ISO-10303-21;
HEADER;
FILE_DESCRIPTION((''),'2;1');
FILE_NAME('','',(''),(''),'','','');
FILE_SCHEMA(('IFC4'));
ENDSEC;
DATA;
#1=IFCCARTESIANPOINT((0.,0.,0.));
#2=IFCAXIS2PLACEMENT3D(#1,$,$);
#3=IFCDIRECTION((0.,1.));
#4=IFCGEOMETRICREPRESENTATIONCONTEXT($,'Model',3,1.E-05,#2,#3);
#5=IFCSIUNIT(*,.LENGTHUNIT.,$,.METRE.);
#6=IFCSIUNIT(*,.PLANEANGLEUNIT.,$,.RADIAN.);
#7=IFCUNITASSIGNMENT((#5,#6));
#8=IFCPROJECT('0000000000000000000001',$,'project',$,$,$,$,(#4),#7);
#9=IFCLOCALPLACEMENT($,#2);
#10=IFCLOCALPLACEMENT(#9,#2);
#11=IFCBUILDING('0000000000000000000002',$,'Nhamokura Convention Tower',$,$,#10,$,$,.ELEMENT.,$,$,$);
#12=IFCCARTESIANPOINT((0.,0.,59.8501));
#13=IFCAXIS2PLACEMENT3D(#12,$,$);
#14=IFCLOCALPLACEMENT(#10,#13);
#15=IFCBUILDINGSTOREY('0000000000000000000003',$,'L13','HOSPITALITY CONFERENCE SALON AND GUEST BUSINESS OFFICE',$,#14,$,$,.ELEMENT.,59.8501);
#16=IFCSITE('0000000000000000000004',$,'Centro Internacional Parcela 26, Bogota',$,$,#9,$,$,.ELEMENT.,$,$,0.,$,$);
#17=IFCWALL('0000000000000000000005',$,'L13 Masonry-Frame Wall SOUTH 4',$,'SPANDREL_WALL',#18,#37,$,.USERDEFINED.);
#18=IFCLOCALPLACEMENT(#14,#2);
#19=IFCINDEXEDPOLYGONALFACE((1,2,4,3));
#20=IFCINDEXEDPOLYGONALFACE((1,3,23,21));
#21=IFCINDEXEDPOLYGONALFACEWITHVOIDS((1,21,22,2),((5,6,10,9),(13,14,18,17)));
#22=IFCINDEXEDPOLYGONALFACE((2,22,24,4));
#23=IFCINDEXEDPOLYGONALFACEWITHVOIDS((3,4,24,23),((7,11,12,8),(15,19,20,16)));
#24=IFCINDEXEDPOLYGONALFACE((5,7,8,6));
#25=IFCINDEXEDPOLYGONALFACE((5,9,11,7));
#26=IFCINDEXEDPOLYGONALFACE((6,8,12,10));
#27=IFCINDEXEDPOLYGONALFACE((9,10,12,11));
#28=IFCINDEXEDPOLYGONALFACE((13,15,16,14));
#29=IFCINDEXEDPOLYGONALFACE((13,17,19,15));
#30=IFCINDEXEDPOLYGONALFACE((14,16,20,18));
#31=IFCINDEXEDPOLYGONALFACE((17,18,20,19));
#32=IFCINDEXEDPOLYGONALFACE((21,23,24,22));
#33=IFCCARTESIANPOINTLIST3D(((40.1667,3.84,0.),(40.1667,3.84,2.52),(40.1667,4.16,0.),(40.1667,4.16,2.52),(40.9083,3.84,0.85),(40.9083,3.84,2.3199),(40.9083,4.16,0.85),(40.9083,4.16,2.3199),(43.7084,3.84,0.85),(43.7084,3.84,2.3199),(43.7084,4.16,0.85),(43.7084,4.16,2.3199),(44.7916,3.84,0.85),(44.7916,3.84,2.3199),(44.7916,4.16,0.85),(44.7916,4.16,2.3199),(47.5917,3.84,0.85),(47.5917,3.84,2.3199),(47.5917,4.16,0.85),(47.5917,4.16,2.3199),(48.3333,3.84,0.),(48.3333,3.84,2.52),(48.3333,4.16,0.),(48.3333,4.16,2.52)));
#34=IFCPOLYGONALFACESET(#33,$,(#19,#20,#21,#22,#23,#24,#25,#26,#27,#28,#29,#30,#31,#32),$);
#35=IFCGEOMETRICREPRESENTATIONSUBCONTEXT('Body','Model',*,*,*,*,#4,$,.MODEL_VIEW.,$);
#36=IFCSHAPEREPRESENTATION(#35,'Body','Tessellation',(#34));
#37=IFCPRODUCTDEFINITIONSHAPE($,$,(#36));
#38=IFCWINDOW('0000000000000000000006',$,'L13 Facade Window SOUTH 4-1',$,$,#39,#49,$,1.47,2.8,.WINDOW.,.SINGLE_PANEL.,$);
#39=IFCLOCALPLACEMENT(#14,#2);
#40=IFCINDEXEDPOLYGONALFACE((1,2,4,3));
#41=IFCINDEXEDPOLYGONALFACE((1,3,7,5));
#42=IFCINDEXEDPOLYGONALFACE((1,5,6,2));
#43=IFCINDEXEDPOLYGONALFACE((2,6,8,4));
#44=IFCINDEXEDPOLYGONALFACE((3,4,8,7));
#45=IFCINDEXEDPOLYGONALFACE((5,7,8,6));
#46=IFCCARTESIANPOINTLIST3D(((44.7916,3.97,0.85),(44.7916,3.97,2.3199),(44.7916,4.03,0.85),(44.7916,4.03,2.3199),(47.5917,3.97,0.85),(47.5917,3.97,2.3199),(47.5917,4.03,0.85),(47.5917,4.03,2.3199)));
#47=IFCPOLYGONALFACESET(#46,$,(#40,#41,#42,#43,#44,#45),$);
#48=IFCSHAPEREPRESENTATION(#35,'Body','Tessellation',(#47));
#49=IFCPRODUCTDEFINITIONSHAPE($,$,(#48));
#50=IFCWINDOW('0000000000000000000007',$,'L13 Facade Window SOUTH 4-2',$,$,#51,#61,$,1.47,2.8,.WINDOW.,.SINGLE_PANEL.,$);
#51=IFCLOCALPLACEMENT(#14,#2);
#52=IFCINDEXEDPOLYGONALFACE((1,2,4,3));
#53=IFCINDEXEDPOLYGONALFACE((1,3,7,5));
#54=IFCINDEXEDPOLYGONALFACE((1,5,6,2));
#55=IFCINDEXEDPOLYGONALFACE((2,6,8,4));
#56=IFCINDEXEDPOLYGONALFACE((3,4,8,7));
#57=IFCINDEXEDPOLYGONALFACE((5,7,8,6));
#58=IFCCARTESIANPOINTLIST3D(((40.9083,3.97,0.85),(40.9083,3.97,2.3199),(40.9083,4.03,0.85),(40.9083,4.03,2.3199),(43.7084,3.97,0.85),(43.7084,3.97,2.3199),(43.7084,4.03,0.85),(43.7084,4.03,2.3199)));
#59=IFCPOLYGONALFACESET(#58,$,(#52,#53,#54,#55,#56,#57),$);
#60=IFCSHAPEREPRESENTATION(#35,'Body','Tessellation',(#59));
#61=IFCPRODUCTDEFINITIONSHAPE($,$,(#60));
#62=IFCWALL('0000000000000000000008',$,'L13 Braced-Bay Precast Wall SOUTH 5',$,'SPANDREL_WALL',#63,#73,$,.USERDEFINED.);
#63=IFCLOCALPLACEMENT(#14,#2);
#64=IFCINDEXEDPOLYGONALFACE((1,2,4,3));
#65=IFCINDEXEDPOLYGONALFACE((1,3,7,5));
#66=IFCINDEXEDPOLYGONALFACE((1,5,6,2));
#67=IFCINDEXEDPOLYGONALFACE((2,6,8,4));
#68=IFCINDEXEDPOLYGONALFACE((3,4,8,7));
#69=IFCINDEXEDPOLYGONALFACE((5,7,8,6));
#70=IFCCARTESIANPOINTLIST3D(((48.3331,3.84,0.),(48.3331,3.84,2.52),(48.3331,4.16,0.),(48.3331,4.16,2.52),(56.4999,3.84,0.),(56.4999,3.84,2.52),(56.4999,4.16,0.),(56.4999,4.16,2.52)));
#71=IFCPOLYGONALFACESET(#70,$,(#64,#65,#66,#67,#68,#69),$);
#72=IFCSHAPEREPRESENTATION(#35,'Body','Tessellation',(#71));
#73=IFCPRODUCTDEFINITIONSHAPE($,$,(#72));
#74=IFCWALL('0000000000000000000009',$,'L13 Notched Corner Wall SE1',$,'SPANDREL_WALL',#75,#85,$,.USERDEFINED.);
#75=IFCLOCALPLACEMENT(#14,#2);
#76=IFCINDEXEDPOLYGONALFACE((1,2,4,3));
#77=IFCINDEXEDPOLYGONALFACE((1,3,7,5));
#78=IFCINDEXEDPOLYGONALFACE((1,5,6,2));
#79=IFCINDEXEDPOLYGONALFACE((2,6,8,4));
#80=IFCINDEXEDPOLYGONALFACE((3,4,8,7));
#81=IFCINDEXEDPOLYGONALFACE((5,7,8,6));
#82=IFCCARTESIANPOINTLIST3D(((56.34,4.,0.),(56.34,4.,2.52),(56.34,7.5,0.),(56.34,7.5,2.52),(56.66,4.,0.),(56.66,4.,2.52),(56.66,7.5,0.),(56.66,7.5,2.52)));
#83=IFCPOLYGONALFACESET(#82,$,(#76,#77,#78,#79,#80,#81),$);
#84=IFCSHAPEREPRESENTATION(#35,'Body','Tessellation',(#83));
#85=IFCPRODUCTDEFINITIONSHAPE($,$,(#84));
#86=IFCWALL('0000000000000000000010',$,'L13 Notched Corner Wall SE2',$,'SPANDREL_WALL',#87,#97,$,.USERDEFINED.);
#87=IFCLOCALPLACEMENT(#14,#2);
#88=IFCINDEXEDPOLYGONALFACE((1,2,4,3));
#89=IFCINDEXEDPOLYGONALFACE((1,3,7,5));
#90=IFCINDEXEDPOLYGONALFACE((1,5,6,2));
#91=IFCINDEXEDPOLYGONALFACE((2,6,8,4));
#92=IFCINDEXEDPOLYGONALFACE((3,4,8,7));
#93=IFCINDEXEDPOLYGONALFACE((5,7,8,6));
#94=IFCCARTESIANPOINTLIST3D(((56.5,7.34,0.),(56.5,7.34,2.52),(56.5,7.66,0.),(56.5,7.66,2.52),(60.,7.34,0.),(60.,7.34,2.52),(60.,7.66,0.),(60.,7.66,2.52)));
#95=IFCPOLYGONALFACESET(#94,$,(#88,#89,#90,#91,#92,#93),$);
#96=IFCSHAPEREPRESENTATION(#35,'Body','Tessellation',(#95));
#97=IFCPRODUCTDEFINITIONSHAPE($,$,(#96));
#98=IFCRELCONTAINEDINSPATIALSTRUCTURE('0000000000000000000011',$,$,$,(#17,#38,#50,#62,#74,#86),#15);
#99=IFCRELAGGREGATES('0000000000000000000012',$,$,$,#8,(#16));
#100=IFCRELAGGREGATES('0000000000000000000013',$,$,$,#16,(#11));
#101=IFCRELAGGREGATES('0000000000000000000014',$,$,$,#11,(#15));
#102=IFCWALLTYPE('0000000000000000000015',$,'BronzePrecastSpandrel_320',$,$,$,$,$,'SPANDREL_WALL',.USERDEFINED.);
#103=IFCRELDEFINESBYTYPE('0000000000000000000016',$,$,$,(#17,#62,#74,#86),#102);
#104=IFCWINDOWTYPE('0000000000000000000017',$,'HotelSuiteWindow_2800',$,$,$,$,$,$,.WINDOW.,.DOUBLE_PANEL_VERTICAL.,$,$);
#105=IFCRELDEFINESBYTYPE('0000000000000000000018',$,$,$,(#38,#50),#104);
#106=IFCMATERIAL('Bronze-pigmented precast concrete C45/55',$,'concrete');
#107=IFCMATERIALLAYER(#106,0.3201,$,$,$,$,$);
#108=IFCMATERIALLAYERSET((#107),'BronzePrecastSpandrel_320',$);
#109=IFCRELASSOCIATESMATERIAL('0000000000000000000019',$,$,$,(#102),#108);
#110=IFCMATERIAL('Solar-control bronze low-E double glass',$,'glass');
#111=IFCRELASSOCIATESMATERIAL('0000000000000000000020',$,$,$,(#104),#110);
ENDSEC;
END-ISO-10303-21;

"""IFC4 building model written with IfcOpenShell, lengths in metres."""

from ifc_helpers import new_model, si_unit, direction, frame, frame_2d, origin, place, context, subcontext, project, spatial, rectangle, extrude, material, layer, layer_set, type_object, element, fill, save


model = new_model("IFC4")

# Units and contexts
model_context = context("Model", 3, precision=1e-05, world=origin(), true_north=direction((0.0, 1.0)))
body_context = subcontext(model_context, "Body", "Model", "MODEL_VIEW")
ifc_project = project(units=[si_unit("LENGTHUNIT", "METRE"), si_unit("PLANEANGLEUNIT", "RADIAN")], contexts=[model_context])

# Site, building, storey
site_placement = place(None, origin())
site = spatial("IfcSite", under=ifc_project, at=site_placement, Name="Centro Internacional Parcela 26, Bogota", CompositionType="ELEMENT", RefElevation=0.0)
building_placement = place(site_placement, origin())
building = spatial("IfcBuilding", under=site, at=building_placement, Name="Nhamokura Convention Tower", CompositionType="ELEMENT")
storey_placement = place(building_placement, frame((0.0, 0.0, 59.8501)))
storey = spatial("IfcBuildingStorey", under=building, at=storey_placement, Name="L13", Description="HOSPITALITY CONFERENCE SALON AND GUEST BUSINESS OFFICE", CompositionType="ELEMENT", Elevation=59.8501)

# Wall, openings, windows
ifc_material_1 = material(Name="Bronze-pigmented precast concrete C45/55", Category="concrete")
ifc_layer = layer(ifc_material_1, 0.3201)
ifc_layer_set = layer_set([ifc_layer], Name="BronzePrecastSpandrel_320")
wall_type = type_object("IfcWallType", Name="BronzePrecastSpandrel_320", ElementType="SPANDREL_WALL", PredefinedType="USERDEFINED", material=ifc_layer_set)
wall_1_placement = place(storey_placement, frame((48.3333, 4.0, 0.0), z_axis=(0.0, 0.0, 1.0), x_axis=(-1.0, 0.0, 0.0)))
wall_1 = element("IfcWall", 1, at=wall_1_placement, inside=storey, type_object=wall_type, Name="L13 Masonry-Frame Wall SOUTH 4", ObjectType="SPANDREL_WALL", PredefinedType="USERDEFINED", context=body_context, shape_type="SweptSolid", body=[
    extrude(rectangle(XDim=8.1665, YDim=0.3201, at=frame_2d((4.0833, 0.0))), origin(), (0.0, 0.0, 1.0), 2.52),
])
opening_1_placement = place(wall_1_placement, frame((0.7417, 0.0, 0.8501)))
opening_1 = element("IfcOpeningElement", 2, at=opening_1_placement, cuts=wall_1, PredefinedType="OPENING", context=body_context, shape_type="SweptSolid", body=[
    extrude(rectangle(XDim=2.8, YDim=1.47, at=frame_2d((1.3999, 0.7349))), frame((0.0, 0.1699, 0.0), z_axis=(0.0, -1.0, 0.0), x_axis=(1.0, 0.0, 0.0)), (0.0, 0.0, 1.0), 0.3401),
])
opening_2_placement = place(wall_1_placement, frame((4.625, 0.0, 0.8501)))
opening_2 = element("IfcOpeningElement", 3, at=opening_2_placement, cuts=wall_1, PredefinedType="OPENING", context=body_context, shape_type="SweptSolid", body=[
    extrude(rectangle(XDim=2.8, YDim=1.47, at=frame_2d((1.3999, 0.7349))), frame((0.0, 0.1699, 0.0), z_axis=(0.0, -1.0, 0.0), x_axis=(1.0, 0.0, 0.0)), (0.0, 0.0, 1.0), 0.3401),
])
ifc_material_2 = material(Name="Solar-control bronze low-E double glass", Category="glass")
window_type = type_object("IfcWindowType", Name="HotelSuiteWindow_2800", PartitioningType="DOUBLE_PANEL_VERTICAL", PredefinedType="WINDOW", material=ifc_material_2)
window_1_placement = place(opening_1_placement, origin())
window_1 = element("IfcWindow", 4, at=window_1_placement, inside=storey, type_object=window_type, Name="L13 Facade Window SOUTH 4-1", OverallHeight=1.47, OverallWidth=2.8, PartitioningType="SINGLE_PANEL", PredefinedType="WINDOW", context=body_context, shape_type="SweptSolid", body=[
    extrude(rectangle(XDim=2.8, YDim=1.47, at=frame_2d((1.3999, 0.7349))), frame((0.0, 0.03, 0.0), z_axis=(0.0, -1.0, 0.0), x_axis=(1.0, 0.0, 0.0)), (0.0, 0.0, 1.0), 0.0601),
])
fill(opening_1, window_1)
window_2_placement = place(opening_2_placement, origin())
window_2 = element("IfcWindow", 5, at=window_2_placement, inside=storey, type_object=window_type, Name="L13 Facade Window SOUTH 4-2", OverallHeight=1.47, OverallWidth=2.8, PartitioningType="SINGLE_PANEL", PredefinedType="WINDOW", context=body_context, shape_type="SweptSolid", body=[
    extrude(rectangle(XDim=2.8, YDim=1.47, at=frame_2d((1.3999, 0.7349))), frame((0.0, 0.03, 0.0), z_axis=(0.0, -1.0, 0.0), x_axis=(1.0, 0.0, 0.0)), (0.0, 0.0, 1.0), 0.0601),
])
fill(opening_2, window_2)

# Walls
wall_2_placement = place(storey_placement, frame((56.5, 4.0, 0.0), z_axis=(0.0, 0.0, 1.0), x_axis=(-1.0, 0.0, 0.0)))
element("IfcWall", 6, at=wall_2_placement, inside=storey, type_object=wall_type, Name="L13 Braced-Bay Precast Wall SOUTH 5", ObjectType="SPANDREL_WALL", PredefinedType="USERDEFINED", context=body_context, shape_type="SweptSolid", body=[
    extrude(rectangle(XDim=8.1667, YDim=0.3201, at=frame_2d((4.0835, 0.0))), origin(), (0.0, 0.0, 1.0), 2.52),
])
for number, where, z_axis, x_axis, name in (
    (7, (56.5, 7.5, 0.0), (0.0, 0.0, 1.0), (0.0, -1.0, 0.0), "L13 Notched Corner Wall SE1"),
    (8, (60.0, 7.5, 0.0), (0.0, 0.0, 1.0), (-1.0, 0.0, 0.0), "L13 Notched Corner Wall SE2"),
):
    element("IfcWall", number, at=place(storey_placement, frame(where, z_axis=z_axis, x_axis=x_axis)), inside=storey, type_object=wall_type, Name=name, ObjectType="SPANDREL_WALL", PredefinedType="USERDEFINED", context=body_context, shape_type="SweptSolid", body=[
        extrude(rectangle(XDim=3.5, YDim=0.3201, at=frame_2d((1.75, 0.0))), origin(), (0.0, 0.0, 1.0), 2.52),
    ])

save(model, "model.ifc")
